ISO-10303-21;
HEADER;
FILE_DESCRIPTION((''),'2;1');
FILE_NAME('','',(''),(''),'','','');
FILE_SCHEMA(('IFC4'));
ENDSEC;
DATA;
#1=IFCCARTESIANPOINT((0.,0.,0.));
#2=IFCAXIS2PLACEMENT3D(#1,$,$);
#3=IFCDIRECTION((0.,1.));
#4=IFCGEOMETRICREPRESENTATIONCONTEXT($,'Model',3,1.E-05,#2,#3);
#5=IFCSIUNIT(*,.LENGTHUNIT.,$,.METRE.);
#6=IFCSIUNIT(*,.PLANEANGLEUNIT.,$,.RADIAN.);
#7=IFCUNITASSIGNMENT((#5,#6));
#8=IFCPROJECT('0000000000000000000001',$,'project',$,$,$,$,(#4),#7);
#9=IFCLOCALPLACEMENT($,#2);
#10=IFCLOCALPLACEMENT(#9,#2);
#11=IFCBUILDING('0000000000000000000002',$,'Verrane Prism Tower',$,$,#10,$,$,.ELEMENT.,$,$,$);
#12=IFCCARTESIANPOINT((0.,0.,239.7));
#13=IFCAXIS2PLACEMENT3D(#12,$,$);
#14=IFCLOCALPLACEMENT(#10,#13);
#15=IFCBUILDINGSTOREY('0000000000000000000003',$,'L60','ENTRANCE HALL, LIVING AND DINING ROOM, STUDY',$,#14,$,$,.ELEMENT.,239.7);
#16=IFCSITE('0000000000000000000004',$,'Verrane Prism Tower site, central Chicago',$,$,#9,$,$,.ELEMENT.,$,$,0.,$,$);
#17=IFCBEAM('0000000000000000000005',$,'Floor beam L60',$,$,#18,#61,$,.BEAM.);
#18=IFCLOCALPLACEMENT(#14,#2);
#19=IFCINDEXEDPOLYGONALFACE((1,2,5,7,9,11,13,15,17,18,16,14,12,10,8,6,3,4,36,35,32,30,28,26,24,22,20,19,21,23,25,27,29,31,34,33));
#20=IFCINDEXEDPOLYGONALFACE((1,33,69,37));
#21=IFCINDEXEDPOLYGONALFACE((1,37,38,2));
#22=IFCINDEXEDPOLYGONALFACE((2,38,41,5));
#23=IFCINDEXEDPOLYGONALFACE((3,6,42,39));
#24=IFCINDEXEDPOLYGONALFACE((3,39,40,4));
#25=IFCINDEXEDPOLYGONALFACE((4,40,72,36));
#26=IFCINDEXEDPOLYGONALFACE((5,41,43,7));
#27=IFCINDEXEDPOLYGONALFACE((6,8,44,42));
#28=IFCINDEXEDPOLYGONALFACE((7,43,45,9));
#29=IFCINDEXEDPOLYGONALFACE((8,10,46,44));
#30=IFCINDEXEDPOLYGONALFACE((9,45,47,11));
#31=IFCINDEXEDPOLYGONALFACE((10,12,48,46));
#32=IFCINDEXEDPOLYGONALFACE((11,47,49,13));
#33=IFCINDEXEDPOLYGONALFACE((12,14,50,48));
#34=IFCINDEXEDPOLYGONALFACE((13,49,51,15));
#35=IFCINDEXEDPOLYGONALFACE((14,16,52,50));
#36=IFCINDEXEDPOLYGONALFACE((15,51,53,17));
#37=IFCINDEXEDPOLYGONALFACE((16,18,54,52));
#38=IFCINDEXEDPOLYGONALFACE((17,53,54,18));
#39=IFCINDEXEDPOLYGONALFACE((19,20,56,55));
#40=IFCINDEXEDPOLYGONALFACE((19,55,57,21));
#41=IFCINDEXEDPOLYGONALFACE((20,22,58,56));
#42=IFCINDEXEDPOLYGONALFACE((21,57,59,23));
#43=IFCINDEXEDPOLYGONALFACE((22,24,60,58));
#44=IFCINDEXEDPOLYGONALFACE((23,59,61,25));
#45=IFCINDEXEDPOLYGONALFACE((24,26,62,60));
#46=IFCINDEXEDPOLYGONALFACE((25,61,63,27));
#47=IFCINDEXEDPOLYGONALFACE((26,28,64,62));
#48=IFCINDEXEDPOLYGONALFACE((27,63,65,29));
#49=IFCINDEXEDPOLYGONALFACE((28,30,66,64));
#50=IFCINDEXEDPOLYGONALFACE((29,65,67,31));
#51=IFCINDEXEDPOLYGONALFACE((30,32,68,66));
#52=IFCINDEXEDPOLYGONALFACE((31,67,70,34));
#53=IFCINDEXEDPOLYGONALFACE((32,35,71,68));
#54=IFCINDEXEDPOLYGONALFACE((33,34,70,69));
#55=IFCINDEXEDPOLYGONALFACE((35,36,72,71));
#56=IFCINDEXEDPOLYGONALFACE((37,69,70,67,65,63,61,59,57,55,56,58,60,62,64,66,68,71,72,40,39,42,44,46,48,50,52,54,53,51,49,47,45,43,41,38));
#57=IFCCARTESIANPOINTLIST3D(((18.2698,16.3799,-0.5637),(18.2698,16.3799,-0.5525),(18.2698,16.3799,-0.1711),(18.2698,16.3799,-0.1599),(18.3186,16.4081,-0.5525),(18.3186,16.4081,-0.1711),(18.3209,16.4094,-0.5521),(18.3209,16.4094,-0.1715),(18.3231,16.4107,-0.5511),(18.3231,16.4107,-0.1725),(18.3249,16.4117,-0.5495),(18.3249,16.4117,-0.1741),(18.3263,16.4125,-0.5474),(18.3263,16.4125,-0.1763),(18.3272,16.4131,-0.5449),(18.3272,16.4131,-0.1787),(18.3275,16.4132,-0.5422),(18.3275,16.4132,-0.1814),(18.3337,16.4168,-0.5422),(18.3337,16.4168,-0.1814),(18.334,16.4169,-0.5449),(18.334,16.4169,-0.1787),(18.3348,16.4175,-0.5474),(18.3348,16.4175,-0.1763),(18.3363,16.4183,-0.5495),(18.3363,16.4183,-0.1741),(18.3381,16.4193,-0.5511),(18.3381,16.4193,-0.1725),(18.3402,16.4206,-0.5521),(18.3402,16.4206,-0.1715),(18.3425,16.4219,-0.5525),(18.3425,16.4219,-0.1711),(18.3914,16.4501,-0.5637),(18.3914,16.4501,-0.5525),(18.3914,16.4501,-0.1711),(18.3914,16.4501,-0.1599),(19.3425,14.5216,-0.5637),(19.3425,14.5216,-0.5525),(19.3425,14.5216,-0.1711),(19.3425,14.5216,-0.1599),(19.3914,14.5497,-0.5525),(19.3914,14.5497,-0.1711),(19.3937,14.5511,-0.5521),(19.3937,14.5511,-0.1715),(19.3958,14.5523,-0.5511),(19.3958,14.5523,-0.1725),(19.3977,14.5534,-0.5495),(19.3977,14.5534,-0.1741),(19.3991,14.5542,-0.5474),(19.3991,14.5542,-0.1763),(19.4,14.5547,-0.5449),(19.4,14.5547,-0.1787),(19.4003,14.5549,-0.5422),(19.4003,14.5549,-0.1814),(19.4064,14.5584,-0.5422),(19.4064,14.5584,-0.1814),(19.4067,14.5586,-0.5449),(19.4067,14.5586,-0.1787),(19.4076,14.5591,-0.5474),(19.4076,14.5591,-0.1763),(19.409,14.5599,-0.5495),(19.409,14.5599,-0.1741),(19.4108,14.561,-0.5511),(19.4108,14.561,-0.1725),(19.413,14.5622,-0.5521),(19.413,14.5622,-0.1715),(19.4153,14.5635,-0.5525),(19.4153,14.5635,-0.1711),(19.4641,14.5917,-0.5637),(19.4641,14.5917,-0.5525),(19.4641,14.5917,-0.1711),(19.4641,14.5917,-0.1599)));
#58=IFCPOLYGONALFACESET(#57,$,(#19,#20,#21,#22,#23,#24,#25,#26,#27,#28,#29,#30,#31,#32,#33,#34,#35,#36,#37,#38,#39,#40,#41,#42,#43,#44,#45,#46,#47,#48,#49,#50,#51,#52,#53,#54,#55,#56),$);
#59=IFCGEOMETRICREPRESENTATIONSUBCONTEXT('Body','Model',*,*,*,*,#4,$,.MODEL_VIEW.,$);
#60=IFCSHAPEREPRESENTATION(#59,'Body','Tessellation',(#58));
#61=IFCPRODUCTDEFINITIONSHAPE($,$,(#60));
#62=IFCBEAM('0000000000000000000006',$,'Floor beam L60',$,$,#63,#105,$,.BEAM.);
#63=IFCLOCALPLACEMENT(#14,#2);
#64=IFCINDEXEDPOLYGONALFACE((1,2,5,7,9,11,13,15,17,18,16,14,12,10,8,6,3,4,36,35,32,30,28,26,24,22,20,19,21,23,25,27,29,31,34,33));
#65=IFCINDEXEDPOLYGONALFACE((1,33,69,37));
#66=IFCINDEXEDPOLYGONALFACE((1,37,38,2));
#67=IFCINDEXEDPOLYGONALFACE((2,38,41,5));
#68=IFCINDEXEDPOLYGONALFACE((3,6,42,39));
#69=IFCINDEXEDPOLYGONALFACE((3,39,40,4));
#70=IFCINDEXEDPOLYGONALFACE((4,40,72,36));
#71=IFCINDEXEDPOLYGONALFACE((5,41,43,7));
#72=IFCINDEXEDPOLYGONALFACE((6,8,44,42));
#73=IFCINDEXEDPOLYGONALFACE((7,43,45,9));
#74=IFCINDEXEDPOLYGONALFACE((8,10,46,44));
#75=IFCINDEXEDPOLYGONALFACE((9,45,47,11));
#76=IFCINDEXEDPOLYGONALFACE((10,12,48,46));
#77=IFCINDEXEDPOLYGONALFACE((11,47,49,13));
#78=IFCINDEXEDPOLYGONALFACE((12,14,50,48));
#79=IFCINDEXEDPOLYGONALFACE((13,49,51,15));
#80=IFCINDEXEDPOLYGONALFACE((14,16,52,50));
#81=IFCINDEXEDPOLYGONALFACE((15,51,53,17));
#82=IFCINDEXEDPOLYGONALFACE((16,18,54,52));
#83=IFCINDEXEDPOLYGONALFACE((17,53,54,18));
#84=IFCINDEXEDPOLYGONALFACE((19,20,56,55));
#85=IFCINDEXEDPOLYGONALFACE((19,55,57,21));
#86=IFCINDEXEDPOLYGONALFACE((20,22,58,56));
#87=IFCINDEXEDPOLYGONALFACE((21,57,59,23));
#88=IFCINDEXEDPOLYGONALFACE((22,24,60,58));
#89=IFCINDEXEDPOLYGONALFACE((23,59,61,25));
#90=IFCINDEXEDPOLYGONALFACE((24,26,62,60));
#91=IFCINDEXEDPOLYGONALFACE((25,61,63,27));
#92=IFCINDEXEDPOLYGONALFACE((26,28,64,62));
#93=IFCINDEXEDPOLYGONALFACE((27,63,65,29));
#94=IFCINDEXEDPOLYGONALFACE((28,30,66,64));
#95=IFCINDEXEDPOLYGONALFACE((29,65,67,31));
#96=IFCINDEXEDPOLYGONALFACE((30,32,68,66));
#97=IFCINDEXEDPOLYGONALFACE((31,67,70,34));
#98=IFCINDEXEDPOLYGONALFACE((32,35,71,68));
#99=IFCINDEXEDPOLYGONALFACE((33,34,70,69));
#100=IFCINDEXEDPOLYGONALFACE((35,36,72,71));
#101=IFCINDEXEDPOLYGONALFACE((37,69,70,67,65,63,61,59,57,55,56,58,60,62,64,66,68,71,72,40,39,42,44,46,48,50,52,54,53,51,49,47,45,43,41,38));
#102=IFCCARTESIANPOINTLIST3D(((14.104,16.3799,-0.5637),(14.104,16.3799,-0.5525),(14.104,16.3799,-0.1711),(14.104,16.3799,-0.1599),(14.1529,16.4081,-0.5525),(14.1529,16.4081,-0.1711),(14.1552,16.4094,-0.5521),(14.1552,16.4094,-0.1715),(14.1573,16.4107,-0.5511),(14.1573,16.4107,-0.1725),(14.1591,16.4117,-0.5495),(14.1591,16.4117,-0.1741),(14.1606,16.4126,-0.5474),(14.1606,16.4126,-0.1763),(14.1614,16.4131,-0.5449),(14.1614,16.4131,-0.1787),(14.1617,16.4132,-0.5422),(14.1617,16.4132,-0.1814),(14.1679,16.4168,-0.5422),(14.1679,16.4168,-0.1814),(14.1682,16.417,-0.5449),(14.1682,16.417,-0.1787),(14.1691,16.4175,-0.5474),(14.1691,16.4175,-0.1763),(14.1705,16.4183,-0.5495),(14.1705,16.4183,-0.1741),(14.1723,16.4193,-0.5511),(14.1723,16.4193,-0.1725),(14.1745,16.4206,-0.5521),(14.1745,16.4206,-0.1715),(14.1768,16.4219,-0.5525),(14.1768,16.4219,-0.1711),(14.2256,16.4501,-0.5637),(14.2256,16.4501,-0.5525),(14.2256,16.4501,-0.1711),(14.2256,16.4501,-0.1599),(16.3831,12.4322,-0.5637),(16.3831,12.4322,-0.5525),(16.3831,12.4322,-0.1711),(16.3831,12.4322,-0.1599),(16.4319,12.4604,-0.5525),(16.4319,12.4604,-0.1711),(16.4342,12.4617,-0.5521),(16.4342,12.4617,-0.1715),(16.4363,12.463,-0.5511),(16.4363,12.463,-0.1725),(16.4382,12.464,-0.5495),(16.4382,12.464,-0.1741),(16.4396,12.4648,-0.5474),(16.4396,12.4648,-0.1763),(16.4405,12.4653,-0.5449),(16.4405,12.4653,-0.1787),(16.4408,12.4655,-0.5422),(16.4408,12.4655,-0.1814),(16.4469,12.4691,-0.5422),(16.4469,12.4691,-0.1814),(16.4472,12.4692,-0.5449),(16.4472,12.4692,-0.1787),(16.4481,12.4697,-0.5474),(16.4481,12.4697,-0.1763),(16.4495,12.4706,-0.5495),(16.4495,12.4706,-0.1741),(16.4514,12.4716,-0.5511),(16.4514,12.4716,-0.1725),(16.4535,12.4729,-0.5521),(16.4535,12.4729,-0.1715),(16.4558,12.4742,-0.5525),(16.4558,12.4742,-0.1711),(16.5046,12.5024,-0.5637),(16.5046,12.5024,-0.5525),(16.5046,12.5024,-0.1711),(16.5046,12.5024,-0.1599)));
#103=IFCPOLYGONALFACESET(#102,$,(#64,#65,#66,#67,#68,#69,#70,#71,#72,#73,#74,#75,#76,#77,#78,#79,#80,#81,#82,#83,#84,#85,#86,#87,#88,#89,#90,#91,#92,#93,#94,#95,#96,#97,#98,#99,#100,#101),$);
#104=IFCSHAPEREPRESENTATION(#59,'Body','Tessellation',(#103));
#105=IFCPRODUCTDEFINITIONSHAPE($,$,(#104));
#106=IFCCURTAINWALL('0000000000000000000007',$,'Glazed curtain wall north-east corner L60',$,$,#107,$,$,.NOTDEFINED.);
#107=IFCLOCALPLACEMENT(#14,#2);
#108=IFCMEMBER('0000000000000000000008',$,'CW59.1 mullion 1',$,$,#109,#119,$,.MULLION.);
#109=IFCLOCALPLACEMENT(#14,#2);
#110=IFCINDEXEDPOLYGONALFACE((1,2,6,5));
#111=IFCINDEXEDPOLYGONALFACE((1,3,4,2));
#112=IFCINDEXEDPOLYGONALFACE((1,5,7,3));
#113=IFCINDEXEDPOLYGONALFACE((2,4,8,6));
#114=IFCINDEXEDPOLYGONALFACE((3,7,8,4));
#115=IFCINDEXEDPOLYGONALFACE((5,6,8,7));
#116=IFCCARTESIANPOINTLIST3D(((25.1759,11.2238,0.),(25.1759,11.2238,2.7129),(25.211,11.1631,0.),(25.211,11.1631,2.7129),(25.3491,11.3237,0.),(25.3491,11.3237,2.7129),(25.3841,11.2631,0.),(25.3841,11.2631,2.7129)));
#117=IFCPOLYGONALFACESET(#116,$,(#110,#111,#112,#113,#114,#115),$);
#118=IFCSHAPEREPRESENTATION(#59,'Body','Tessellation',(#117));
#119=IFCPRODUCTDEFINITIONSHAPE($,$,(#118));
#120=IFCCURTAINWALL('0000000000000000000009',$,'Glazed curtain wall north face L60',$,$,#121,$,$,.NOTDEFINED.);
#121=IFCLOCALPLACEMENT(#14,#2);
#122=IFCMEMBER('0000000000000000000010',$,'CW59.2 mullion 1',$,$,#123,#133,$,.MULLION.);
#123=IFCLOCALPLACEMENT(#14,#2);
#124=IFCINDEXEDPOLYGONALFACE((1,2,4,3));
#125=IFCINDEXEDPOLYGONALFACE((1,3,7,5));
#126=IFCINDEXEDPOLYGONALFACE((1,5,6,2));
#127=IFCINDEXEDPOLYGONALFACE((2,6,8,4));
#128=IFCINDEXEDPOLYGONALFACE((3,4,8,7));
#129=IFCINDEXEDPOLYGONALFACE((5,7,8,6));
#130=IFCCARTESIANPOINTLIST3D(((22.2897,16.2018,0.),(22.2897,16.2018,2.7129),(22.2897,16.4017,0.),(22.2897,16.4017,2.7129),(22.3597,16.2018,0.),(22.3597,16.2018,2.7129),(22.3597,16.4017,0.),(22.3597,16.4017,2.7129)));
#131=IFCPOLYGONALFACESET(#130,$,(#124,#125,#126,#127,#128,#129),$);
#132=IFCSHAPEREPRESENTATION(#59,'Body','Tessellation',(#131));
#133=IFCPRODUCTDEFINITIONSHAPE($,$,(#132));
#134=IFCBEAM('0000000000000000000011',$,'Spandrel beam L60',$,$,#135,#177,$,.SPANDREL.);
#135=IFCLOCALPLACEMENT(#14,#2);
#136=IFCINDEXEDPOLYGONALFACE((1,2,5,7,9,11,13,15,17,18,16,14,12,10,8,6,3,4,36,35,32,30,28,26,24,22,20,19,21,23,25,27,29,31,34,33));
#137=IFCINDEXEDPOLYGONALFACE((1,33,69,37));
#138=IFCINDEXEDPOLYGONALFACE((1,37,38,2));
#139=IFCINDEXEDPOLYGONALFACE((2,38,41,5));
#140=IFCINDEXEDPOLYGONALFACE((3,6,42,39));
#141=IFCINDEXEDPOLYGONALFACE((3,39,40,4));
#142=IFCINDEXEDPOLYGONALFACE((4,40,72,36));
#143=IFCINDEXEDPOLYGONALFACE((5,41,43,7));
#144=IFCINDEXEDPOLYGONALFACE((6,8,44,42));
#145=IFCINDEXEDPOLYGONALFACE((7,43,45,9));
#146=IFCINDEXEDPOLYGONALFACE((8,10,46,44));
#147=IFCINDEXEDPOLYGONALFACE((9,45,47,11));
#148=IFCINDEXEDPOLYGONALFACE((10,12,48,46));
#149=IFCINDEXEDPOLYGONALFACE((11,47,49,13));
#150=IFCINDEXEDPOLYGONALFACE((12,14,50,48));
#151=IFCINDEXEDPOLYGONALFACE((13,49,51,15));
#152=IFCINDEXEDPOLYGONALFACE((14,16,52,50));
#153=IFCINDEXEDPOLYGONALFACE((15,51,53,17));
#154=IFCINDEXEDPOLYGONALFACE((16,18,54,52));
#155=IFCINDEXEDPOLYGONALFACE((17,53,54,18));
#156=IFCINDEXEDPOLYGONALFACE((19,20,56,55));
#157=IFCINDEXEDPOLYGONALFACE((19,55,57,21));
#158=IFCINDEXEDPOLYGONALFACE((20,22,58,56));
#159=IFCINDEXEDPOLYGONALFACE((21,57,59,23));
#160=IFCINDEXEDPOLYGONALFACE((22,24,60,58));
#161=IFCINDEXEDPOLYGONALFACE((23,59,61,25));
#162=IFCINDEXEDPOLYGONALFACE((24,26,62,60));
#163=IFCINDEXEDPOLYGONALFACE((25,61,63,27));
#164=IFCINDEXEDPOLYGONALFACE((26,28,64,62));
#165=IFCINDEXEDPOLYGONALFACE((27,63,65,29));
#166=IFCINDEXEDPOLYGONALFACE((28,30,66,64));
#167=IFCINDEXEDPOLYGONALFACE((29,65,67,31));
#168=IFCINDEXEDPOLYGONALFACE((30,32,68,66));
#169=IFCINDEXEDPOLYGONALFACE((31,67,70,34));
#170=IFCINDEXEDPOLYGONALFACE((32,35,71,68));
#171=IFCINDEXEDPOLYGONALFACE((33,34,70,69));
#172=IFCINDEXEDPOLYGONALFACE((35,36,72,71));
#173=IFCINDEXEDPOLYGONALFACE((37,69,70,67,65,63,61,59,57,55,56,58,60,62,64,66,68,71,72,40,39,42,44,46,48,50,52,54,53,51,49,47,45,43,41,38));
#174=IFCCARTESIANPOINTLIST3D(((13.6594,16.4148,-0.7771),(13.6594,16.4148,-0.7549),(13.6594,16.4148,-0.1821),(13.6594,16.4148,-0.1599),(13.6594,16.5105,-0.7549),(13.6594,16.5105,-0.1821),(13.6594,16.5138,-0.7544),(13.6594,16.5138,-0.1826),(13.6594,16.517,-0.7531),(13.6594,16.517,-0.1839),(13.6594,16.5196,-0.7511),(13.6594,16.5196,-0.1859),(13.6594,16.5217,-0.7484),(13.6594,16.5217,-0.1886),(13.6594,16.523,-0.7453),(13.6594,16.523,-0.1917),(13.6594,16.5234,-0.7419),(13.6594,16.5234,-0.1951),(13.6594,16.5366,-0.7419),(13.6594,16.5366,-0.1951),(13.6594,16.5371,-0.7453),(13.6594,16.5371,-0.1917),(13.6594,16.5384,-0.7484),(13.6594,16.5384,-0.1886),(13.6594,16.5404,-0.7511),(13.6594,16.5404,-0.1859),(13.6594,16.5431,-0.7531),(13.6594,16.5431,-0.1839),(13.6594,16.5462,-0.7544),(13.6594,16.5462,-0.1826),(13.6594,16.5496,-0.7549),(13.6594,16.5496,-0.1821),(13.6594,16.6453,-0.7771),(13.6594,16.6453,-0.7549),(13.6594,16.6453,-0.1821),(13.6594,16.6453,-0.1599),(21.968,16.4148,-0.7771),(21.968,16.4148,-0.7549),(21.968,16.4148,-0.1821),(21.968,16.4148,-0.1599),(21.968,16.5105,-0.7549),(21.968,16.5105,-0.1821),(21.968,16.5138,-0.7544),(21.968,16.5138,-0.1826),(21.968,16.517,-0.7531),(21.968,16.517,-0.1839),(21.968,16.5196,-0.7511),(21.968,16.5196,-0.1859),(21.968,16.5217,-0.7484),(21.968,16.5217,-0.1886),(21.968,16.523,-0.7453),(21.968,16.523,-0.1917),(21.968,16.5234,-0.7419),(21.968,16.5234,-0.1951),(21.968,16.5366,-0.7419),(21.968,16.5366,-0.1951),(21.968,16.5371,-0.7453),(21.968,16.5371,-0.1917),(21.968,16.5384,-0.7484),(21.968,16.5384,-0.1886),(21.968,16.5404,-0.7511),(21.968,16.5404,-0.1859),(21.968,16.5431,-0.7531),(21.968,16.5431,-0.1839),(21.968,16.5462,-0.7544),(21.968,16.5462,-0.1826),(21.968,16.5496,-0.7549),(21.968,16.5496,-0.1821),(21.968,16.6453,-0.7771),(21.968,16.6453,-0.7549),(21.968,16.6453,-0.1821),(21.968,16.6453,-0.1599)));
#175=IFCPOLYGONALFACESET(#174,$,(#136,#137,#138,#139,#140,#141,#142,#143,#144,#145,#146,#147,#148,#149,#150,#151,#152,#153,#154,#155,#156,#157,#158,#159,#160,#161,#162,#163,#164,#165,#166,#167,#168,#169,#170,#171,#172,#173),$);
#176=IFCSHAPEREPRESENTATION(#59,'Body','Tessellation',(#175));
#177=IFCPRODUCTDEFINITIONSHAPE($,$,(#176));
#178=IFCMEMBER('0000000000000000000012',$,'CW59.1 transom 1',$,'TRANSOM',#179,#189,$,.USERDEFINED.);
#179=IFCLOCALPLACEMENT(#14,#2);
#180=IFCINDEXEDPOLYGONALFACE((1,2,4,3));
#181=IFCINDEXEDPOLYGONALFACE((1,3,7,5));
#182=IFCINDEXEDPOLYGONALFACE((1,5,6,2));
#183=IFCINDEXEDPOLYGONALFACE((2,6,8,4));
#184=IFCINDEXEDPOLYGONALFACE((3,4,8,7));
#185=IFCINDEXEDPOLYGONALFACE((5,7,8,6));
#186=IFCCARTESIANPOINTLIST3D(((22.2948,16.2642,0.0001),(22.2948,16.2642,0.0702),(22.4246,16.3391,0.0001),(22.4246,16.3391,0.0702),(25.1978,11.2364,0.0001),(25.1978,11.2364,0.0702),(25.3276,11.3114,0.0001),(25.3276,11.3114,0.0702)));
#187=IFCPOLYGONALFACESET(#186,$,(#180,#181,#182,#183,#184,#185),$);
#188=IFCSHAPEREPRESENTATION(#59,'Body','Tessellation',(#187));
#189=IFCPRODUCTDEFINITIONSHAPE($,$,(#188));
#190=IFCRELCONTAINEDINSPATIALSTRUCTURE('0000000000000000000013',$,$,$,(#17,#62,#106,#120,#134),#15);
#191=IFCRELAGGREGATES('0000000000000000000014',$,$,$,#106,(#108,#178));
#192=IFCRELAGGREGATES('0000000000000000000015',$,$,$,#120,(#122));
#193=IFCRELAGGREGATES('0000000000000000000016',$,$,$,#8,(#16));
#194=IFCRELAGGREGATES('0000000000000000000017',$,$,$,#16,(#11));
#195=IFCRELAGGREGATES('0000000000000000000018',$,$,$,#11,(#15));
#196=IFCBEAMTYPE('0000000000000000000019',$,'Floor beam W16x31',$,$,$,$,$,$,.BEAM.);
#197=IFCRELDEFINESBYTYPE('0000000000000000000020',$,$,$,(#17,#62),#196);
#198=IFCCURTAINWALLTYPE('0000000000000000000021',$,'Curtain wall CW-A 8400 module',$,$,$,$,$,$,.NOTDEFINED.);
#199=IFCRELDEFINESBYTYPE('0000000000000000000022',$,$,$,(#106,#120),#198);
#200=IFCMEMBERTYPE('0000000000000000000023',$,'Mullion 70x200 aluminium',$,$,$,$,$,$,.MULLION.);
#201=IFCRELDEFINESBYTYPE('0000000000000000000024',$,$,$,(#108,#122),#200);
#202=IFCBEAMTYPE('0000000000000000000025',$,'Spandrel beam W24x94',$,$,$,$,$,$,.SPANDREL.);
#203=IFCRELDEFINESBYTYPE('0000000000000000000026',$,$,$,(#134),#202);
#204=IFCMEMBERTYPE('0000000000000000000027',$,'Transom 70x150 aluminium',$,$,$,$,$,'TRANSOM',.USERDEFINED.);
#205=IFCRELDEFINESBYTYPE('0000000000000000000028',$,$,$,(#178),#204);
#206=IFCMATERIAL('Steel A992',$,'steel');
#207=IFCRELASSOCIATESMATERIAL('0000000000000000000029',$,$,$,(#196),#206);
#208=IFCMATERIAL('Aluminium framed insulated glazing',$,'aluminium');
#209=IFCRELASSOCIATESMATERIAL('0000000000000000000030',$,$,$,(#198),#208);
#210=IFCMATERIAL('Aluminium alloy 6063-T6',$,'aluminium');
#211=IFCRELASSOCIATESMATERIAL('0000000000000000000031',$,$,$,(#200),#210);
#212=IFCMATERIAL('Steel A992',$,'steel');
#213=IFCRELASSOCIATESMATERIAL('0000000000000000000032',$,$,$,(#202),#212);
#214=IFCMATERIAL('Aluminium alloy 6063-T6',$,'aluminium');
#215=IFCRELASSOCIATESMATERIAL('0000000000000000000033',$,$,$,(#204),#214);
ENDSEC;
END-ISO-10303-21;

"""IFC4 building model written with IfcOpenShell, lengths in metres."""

from ifc_helpers import new_model, si_unit, direction, frame, origin, origin_2d, place, context, subcontext, project, spatial, rectangle, i_section, extrude, material, material_profile, profile_set, type_object, element, aggregate, save


model = new_model("IFC4")

# Units and contexts
model_context = context("Model", 3, precision=1e-05, world=origin(), true_north=direction((0.0, 1.0)))
body_context = subcontext(model_context, "Body", "Model", "MODEL_VIEW")
ifc_project = project(units=[si_unit("LENGTHUNIT", "METRE"), si_unit("PLANEANGLEUNIT", "RADIAN")], contexts=[model_context])

# Site, building, storey
site_placement = place(None, origin())
site = spatial("IfcSite", under=ifc_project, at=site_placement, Name="Verrane Prism Tower site, central Chicago", CompositionType="ELEMENT", RefElevation=0.0)
building_placement = place(site_placement, origin())
building = spatial("IfcBuilding", under=site, at=building_placement, Name="Verrane Prism Tower", CompositionType="ELEMENT")
storey_placement = place(building_placement, frame((0.0, 0.0, 239.7)))
storey = spatial("IfcBuildingStorey", under=building, at=storey_placement, Name="L60", Description="ENTRANCE HALL, LIVING AND DINING ROOM, STUDY", CompositionType="ELEMENT", Elevation=239.7)

# Beams
ifc_material_1 = material(Name="Steel A992", Category="steel")
ifc_material_profile_1 = material_profile(ifc_material_1, i_section(OverallWidth=0.1404, OverallDepth=0.4038, WebThickness=0.0071, FlangeThickness=0.0112, FilletRadius=0.0103, at=origin_2d()), Name="W16x31")
ifc_profile_set_1 = profile_set([ifc_material_profile_1], Name="Steel A992")
beam_type_1 = type_object("IfcBeamType", Name="Floor beam W16x31", PredefinedType="BEAM", material=ifc_profile_set_1)
beam_1_placement = place(storey_placement, frame((19.4033, 14.5566, -0.3618), z_axis=(-0.499933, 0.866064, 0.0), x_axis=(-0.866064, -0.499933, 0.0)))
element("IfcBeam", 1, at=beam_1_placement, inside=storey, type_object=beam_type_1, Name="Floor beam L60", PredefinedType="BEAM", context=body_context, shape_type="SweptSolid", body=[
    extrude(i_section(OverallWidth=0.1404, OverallDepth=0.4038, WebThickness=0.0071, FlangeThickness=0.0112, FilletRadius=0.0103, at=origin_2d()), origin(), (0.0, 0.0, 1.0), 2.1458),
])
beam_2_placement = place(storey_placement, frame((16.4438, 12.4673, -0.3618), z_axis=(-0.49997, 0.866043, 0.0), x_axis=(-0.866043, -0.49997, 0.0)))
element("IfcBeam", 2, at=beam_2_placement, inside=storey, type_object=beam_type_1, Name="Floor beam L60", PredefinedType="BEAM", context=body_context, shape_type="SweptSolid", body=[
    extrude(i_section(OverallWidth=0.1404, OverallDepth=0.4038, WebThickness=0.0071, FlangeThickness=0.0112, FilletRadius=0.0103, at=origin_2d()), origin(), (0.0, 0.0, 1.0), 4.5583),
])

# Curtain walls, members
ifc_material_2 = material(Name="Aluminium framed insulated glazing", Category="aluminium")
curtain_wall_type = type_object("IfcCurtainWallType", Name="Curtain wall CW-A 8400 module", PredefinedType="NOTDEFINED", material=ifc_material_2)
curtain_wall_1_placement = place(storey_placement, origin())
curtain_wall_1 = element("IfcCurtainWall", 3, at=curtain_wall_1_placement, inside=storey, type_object=curtain_wall_type, Name="Glazed curtain wall north-east corner L60", PredefinedType="NOTDEFINED")
ifc_material_3 = material(Name="Aluminium alloy 6063-T6", Category="aluminium")
ifc_material_profile_2 = material_profile(ifc_material_3, rectangle(XDim=0.2, YDim=0.0701, at=origin_2d()), Name="Mullion 70x200 aluminium")
ifc_profile_set_2 = profile_set([ifc_material_profile_2], Name="Aluminium alloy 6063-T6")
member_type_1 = type_object("IfcMemberType", Name="Mullion 70x200 aluminium", PredefinedType="MULLION", material=ifc_profile_set_2)
member_1_placement = place(storey_placement, frame((25.28, 11.2434, 0.0), z_axis=(0.0, 0.0, 1.0), x_axis=(-0.866026, -0.499999, 0.0)))
member_1 = element("IfcMember", 4, at=member_1_placement, type_object=member_type_1, Name="CW59.1 mullion 1", PredefinedType="MULLION", context=body_context, shape_type="SweptSolid", body=[
    extrude(rectangle(XDim=0.2, YDim=0.0701, at=origin_2d()), origin(), (0.0, 0.0, 1.0), 2.7129),
])
curtain_wall_2_placement = place(storey_placement, origin())
curtain_wall_2 = element("IfcCurtainWall", 5, at=curtain_wall_2_placement, inside=storey, type_object=curtain_wall_type, Name="Glazed curtain wall north face L60", PredefinedType="NOTDEFINED")
member_2_placement = place(storey_placement, frame((22.3247, 16.3018, 0.0), z_axis=(0.0, 0.0, 1.0), x_axis=(0.0, -1.0, 0.0)))
member_2 = element("IfcMember", 6, at=member_2_placement, type_object=member_type_1, Name="CW59.2 mullion 1", PredefinedType="MULLION", context=body_context, shape_type="SweptSolid", body=[
    extrude(rectangle(XDim=0.2, YDim=0.0701, at=origin_2d()), origin(), (0.0, 0.0, 1.0), 2.7129),
])

# Beam
ifc_material_4 = material(Name="Steel A992", Category="steel")
ifc_material_profile_3 = material_profile(ifc_material_4, i_section(OverallWidth=0.2305, OverallDepth=0.6172, WebThickness=0.0132, FlangeThickness=0.0222, FilletRadius=0.0129, at=origin_2d()), Name="W24x94")
ifc_profile_set_3 = profile_set([ifc_material_profile_3], Name="Steel A992")
beam_type_2 = type_object("IfcBeamType", Name="Spandrel beam W24x94", PredefinedType="SPANDREL", material=ifc_profile_set_3)
beam_3_placement = place(storey_placement, frame((21.968, 16.53, -0.4685), z_axis=(-1.0, 0.0, 0.0), x_axis=(0.0, -1.0, 0.0)))
element("IfcBeam", 7, at=beam_3_placement, inside=storey, type_object=beam_type_2, Name="Spandrel beam L60", PredefinedType="SPANDREL", context=body_context, shape_type="SweptSolid", body=[
    extrude(i_section(OverallWidth=0.2305, OverallDepth=0.6172, WebThickness=0.0132, FlangeThickness=0.0222, FilletRadius=0.0129, at=origin_2d()), origin(), (0.0, 0.0, 1.0), 8.3086),
])

# Member
ifc_material_5 = material(Name="Aluminium alloy 6063-T6", Category="aluminium")
ifc_material_profile_4 = material_profile(ifc_material_5, rectangle(XDim=0.1499, YDim=0.0701, at=origin_2d()), Name="Transom 70x150 aluminium")
ifc_profile_set_4 = profile_set([ifc_material_profile_4], Name="Aluminium alloy 6063-T6")
member_type_2 = type_object("IfcMemberType", Name="Transom 70x150 aluminium", ElementType="TRANSOM", PredefinedType="USERDEFINED", material=ifc_profile_set_4)
member_3_placement = place(storey_placement, frame((25.2627, 11.2739, 0.0352), z_axis=(-0.500033, 0.866006, 0.0), x_axis=(-0.866006, -0.500033, 0.0)))
member_3 = element("IfcMember", 8, at=member_3_placement, type_object=member_type_2, Name="CW59.1 transom 1", ObjectType="TRANSOM", PredefinedType="USERDEFINED", context=body_context, shape_type="SweptSolid", body=[
    extrude(rectangle(XDim=0.1499, YDim=0.0701, at=origin_2d()), origin(), (0.0, 0.0, 1.0), 5.8057),
])

aggregate(curtain_wall_1, [member_1, member_3])
aggregate(curtain_wall_2, [member_2])

save(model, "model.ifc")
